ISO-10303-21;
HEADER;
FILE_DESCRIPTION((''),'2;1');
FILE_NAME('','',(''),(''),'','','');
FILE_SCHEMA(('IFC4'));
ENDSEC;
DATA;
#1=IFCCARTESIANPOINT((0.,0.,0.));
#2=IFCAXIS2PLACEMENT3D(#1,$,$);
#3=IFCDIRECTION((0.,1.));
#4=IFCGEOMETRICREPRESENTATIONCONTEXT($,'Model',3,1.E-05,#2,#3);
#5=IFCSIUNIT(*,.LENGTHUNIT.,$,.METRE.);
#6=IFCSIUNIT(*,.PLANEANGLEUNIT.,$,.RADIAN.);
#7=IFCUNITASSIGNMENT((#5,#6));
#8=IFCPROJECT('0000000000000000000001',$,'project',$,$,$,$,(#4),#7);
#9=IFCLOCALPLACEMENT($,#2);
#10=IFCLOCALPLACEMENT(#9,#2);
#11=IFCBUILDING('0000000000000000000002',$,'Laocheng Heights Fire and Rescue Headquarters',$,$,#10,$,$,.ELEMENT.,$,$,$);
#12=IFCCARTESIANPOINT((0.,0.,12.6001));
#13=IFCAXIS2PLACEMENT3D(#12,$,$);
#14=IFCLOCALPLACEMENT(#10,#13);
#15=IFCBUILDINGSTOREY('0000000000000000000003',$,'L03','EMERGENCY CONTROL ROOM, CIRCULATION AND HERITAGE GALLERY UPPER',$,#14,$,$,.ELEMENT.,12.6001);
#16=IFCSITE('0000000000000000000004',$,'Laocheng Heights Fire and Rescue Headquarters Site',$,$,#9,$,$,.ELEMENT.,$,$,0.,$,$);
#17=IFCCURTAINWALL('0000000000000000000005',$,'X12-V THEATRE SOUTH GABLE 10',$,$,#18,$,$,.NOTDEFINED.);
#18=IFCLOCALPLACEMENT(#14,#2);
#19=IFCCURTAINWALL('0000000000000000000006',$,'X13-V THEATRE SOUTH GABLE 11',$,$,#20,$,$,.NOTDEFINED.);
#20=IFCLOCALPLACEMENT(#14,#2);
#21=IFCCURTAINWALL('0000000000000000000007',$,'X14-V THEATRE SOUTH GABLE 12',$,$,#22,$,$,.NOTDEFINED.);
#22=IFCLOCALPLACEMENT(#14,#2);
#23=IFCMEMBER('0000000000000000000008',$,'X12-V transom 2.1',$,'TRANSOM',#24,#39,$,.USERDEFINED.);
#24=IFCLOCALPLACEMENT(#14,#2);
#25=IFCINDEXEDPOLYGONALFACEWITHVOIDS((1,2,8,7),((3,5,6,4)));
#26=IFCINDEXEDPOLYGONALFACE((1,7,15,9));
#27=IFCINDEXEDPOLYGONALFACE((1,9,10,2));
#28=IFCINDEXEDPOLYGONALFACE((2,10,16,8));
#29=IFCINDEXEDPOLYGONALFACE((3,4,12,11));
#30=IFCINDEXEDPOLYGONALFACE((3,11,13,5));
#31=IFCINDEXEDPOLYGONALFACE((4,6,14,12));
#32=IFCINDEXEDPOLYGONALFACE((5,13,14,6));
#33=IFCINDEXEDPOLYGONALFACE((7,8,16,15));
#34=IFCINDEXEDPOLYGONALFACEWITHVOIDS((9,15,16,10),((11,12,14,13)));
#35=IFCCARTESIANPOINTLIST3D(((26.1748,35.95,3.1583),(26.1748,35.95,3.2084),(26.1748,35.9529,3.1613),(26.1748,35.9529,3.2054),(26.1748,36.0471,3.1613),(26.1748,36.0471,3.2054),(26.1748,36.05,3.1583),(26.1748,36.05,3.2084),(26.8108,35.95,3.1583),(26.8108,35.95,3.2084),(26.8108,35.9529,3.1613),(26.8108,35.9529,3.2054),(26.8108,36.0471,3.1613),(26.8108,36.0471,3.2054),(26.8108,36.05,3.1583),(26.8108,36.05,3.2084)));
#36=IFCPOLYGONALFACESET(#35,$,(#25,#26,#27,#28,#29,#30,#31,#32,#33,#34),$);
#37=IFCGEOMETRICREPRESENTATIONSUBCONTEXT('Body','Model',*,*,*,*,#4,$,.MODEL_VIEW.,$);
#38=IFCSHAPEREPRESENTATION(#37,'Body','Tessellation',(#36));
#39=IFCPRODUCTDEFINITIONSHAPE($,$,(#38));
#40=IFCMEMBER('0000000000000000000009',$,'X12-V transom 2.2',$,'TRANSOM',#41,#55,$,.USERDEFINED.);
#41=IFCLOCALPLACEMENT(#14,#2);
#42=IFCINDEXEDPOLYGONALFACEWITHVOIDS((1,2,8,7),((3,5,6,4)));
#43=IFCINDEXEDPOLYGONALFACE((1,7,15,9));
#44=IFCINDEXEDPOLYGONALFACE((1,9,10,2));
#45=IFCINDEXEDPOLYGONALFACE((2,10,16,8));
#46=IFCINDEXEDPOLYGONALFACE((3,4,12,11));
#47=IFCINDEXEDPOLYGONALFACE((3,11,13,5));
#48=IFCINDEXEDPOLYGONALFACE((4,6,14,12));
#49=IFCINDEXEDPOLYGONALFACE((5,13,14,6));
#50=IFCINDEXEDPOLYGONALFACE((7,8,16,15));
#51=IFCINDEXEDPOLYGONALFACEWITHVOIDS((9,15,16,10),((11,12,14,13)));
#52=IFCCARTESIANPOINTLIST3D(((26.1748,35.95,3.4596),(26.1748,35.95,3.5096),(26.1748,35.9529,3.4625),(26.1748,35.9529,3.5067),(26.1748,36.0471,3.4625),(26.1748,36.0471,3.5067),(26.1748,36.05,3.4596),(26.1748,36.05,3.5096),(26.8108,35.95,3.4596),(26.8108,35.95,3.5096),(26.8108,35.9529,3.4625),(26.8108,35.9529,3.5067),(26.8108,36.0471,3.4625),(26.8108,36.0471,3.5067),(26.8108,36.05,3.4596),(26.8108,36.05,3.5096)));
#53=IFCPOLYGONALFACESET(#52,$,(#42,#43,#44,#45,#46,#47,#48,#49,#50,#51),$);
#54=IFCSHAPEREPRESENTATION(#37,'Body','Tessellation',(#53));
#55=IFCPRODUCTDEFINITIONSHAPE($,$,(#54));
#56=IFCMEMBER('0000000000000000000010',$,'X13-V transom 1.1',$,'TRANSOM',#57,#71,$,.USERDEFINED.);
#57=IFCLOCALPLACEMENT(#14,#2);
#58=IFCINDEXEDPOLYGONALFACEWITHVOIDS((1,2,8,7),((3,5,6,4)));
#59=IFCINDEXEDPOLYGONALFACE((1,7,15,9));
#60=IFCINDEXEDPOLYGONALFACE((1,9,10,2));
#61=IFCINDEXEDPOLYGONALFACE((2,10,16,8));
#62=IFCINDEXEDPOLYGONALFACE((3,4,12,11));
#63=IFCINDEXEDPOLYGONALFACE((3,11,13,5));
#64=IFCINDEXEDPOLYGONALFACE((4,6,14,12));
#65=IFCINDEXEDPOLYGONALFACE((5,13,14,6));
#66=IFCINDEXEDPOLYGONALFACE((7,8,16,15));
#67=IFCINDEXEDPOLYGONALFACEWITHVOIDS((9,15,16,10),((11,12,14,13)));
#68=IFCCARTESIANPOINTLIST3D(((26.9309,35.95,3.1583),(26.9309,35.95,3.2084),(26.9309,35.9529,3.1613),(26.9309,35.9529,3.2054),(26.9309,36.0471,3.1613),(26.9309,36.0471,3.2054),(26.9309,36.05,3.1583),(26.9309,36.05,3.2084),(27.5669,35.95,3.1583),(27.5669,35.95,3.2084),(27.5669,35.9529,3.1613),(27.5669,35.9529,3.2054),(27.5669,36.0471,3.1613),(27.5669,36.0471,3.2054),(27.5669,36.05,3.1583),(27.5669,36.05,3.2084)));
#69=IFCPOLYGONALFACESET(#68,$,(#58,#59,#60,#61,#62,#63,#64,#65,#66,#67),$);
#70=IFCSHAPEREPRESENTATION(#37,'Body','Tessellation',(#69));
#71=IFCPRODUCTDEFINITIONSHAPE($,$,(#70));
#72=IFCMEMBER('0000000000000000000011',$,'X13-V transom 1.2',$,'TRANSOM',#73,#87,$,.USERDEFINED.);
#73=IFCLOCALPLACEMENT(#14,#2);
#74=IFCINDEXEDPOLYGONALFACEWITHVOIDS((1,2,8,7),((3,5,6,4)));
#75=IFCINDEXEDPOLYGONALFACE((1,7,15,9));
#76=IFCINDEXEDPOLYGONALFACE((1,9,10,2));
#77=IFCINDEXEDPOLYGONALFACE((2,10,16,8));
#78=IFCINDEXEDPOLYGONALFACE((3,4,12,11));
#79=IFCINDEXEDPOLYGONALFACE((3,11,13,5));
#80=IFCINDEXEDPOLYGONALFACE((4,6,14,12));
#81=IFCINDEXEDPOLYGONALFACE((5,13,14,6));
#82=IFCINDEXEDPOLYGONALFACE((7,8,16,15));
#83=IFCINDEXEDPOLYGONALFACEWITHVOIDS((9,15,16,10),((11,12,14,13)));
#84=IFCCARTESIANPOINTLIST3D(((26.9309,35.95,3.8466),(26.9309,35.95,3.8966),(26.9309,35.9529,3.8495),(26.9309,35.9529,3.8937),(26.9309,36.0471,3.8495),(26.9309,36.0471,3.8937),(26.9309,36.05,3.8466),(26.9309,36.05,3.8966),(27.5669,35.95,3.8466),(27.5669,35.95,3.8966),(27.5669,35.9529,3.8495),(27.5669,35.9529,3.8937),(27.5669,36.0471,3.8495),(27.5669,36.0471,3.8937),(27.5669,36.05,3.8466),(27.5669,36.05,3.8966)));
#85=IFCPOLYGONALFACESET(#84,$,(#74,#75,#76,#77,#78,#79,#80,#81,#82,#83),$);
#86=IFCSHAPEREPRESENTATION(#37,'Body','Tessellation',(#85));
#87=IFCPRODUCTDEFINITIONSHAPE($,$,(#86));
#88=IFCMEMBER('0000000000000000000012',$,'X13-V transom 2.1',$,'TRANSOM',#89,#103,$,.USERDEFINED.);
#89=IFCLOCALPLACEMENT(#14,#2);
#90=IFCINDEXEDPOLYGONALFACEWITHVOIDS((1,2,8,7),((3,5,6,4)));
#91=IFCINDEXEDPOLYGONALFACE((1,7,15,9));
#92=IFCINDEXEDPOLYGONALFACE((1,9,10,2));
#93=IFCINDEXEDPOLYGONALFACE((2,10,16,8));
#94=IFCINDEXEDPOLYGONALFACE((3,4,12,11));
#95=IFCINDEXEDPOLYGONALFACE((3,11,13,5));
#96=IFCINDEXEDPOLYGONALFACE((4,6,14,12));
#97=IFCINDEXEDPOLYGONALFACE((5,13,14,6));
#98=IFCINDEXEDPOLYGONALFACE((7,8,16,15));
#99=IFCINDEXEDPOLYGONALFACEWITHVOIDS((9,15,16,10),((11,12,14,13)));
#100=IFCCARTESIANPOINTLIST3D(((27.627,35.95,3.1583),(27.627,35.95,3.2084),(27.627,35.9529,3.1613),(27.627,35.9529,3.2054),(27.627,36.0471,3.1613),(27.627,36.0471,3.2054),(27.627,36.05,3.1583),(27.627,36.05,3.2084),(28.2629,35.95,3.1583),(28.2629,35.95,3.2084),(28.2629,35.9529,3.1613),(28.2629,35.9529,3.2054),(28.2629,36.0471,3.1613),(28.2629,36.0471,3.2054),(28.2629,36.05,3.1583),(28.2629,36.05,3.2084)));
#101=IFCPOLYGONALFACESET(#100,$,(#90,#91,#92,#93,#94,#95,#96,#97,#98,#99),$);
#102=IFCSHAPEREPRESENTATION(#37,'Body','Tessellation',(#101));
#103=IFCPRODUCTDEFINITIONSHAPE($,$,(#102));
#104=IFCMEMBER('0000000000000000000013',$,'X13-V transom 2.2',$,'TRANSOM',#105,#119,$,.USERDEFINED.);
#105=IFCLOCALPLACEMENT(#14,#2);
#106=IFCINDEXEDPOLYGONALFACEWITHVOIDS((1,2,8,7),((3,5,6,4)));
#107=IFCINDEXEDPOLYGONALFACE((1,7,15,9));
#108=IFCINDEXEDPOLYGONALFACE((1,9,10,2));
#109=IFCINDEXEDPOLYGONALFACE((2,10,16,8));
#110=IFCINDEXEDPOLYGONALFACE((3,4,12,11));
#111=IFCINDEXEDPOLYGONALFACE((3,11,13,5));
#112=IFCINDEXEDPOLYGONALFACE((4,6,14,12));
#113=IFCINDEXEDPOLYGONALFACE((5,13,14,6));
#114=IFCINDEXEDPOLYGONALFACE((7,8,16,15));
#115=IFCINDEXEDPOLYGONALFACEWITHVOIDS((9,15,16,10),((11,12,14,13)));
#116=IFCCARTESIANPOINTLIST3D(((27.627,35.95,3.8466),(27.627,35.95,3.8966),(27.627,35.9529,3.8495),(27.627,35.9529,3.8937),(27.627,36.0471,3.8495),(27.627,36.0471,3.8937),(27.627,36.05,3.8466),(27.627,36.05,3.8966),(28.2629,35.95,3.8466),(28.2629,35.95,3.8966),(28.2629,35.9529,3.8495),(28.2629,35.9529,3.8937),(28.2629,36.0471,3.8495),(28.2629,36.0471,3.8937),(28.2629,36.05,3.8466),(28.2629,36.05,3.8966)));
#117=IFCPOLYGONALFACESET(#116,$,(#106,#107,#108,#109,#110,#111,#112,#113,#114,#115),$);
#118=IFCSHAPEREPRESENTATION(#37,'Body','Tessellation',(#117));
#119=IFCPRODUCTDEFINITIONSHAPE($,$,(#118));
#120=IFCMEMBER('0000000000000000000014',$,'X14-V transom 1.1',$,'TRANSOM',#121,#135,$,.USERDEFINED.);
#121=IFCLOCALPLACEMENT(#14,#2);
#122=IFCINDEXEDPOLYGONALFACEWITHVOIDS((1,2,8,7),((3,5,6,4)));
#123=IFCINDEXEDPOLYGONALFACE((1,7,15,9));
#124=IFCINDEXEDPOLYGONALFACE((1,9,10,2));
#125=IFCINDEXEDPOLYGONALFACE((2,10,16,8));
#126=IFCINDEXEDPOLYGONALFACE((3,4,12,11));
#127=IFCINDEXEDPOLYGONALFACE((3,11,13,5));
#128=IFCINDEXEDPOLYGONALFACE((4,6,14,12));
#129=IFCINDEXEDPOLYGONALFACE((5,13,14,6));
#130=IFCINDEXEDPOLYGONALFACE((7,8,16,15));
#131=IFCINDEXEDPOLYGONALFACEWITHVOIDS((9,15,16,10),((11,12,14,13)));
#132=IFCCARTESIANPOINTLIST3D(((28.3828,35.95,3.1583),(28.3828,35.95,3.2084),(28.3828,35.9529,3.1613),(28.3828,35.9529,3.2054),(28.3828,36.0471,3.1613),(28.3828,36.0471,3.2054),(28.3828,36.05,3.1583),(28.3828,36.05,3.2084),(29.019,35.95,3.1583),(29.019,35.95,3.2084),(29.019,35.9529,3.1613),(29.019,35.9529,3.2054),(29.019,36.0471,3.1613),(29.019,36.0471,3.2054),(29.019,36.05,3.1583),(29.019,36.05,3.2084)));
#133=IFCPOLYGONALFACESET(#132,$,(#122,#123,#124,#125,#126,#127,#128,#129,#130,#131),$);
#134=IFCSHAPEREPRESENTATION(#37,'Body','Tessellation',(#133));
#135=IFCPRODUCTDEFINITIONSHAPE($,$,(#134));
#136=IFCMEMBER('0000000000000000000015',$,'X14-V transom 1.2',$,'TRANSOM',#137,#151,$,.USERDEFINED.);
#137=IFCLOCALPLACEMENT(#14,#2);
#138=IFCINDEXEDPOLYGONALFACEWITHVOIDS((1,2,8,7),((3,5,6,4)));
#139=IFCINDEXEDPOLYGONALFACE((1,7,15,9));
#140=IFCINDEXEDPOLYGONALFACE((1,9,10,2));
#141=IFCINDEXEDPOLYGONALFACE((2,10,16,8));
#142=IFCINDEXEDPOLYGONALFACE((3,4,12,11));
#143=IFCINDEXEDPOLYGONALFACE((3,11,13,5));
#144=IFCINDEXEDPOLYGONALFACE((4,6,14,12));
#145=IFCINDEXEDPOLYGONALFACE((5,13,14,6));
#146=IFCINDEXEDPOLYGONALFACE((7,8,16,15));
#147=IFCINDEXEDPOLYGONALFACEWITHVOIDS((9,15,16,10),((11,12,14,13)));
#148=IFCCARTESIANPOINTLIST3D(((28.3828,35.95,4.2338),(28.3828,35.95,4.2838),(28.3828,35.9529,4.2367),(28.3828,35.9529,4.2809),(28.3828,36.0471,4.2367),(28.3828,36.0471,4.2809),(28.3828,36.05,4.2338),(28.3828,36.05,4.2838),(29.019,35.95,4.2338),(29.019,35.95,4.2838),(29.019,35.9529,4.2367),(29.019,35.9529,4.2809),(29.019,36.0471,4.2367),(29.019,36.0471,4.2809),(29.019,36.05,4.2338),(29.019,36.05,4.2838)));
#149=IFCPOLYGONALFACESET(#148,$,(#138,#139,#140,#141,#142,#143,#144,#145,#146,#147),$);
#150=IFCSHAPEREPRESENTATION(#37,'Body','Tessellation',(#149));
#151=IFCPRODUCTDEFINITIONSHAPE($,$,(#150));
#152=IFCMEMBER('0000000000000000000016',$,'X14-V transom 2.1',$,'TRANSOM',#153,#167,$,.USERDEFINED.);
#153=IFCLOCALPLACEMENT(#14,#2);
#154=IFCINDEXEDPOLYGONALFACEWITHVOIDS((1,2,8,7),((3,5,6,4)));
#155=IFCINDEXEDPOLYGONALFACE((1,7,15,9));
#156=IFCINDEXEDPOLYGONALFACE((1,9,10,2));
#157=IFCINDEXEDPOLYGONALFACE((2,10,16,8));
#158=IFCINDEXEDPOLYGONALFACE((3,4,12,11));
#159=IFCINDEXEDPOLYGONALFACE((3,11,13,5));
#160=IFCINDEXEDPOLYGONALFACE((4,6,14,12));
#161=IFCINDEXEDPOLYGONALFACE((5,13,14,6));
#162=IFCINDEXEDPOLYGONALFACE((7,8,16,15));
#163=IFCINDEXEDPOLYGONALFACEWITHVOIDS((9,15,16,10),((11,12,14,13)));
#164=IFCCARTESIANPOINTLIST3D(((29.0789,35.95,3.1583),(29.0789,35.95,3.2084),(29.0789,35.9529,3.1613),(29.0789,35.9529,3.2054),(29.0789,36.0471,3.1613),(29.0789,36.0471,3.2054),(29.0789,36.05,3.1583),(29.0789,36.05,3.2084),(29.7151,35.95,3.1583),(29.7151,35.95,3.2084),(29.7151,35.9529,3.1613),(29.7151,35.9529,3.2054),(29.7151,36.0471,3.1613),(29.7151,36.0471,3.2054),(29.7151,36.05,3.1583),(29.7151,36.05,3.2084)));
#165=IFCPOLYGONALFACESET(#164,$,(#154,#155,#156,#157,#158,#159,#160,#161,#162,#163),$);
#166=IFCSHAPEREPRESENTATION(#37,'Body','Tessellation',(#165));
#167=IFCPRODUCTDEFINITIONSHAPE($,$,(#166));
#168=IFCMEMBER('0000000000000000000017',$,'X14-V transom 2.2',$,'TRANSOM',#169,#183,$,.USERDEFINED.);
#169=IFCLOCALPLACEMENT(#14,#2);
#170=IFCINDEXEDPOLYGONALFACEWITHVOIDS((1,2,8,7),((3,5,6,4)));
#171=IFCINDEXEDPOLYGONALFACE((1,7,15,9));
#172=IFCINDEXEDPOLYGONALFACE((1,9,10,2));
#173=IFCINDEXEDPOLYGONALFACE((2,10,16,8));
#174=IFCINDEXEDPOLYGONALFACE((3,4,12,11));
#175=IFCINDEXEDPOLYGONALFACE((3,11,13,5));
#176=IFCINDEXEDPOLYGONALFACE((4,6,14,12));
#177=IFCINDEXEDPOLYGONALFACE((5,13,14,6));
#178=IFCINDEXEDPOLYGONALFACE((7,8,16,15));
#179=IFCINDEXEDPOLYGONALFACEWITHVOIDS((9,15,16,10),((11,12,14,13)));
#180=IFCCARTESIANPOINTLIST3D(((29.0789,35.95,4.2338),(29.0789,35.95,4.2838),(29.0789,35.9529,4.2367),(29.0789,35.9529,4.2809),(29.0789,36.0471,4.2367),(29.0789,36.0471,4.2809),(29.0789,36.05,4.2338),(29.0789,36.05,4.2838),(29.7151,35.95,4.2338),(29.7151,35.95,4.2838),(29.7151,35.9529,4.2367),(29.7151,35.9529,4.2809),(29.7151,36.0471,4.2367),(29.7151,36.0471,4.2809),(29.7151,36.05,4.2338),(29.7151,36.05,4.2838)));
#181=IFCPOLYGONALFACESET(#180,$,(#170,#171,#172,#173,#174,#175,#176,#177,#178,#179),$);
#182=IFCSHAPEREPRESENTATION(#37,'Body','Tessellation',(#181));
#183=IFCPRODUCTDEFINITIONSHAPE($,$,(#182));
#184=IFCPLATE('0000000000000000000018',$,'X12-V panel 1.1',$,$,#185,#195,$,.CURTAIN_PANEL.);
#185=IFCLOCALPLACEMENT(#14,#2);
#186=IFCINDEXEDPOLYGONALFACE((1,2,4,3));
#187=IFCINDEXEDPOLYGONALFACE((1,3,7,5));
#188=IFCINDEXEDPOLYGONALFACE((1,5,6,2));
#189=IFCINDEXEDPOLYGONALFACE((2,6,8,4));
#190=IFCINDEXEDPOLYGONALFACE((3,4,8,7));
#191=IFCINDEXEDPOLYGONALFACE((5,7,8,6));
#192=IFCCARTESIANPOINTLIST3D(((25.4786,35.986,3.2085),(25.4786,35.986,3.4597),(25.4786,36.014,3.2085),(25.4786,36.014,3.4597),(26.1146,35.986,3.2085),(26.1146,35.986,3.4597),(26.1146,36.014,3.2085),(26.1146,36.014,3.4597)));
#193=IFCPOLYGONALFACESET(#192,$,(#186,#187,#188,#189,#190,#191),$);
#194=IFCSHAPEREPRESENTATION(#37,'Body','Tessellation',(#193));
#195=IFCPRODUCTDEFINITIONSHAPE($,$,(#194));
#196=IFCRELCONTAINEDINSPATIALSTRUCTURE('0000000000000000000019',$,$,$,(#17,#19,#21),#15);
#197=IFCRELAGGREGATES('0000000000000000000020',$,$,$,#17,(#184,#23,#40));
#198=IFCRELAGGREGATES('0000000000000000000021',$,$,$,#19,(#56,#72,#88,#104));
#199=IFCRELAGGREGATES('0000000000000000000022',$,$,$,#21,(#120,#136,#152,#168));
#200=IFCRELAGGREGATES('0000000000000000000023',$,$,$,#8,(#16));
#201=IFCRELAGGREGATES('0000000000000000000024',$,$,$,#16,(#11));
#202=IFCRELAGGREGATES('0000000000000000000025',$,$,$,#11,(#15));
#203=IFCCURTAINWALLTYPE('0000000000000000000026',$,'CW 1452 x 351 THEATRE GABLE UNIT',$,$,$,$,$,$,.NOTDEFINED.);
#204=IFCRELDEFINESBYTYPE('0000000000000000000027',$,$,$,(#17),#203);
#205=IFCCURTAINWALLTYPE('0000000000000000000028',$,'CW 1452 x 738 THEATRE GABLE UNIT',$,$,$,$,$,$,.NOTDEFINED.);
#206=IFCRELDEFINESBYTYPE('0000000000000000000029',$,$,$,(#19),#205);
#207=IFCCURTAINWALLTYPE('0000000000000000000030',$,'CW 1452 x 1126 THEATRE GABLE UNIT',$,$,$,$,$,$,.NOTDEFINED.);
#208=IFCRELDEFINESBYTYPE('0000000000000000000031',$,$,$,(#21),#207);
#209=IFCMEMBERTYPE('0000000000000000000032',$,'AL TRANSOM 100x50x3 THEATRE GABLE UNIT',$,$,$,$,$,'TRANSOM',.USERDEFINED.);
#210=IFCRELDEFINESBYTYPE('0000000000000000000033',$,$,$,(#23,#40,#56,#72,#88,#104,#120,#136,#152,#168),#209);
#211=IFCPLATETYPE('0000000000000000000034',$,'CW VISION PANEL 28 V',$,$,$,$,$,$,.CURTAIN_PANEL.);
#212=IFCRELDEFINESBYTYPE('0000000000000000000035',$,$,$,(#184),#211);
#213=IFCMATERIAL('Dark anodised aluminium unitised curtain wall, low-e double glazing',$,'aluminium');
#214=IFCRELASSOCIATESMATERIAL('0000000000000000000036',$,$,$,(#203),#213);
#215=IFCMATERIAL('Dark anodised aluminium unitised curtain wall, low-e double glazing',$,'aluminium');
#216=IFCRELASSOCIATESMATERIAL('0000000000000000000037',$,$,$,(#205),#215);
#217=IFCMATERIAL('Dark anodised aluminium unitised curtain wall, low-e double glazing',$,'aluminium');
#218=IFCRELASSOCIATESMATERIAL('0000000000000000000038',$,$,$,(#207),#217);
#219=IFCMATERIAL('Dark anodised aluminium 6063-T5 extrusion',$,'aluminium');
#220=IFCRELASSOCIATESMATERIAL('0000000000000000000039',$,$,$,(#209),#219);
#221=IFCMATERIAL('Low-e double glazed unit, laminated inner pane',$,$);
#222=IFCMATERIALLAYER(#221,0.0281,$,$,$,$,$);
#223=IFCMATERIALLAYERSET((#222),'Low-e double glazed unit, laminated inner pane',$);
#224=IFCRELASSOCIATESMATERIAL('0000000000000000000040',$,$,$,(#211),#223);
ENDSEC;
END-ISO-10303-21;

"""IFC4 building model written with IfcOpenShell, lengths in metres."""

from ifc_helpers import new_model, si_unit, direction, frame, origin, origin_2d, place, context, subcontext, project, spatial, rectangle, hollow_rectangle, extrude, material, layer, layer_set, material_profile, profile_set, type_object, element, aggregate, save


model = new_model("IFC4")

# Units and contexts
model_context = context("Model", 3, precision=1e-05, world=origin(), true_north=direction((0.0, 1.0)))
body_context = subcontext(model_context, "Body", "Model", "MODEL_VIEW")
ifc_project = project(units=[si_unit("LENGTHUNIT", "METRE"), si_unit("PLANEANGLEUNIT", "RADIAN")], contexts=[model_context])

# Site, building, storey
site_placement = place(None, origin())
site = spatial("IfcSite", under=ifc_project, at=site_placement, Name="Laocheng Heights Fire and Rescue Headquarters Site", CompositionType="ELEMENT", RefElevation=0.0)
building_placement = place(site_placement, origin())
building = spatial("IfcBuilding", under=site, at=building_placement, Name="Laocheng Heights Fire and Rescue Headquarters", CompositionType="ELEMENT")
storey_placement = place(building_placement, frame((0.0, 0.0, 12.6001)))
storey = spatial("IfcBuildingStorey", under=building, at=storey_placement, Name="L03", Description="EMERGENCY CONTROL ROOM, CIRCULATION AND HERITAGE GALLERY UPPER", CompositionType="ELEMENT", Elevation=12.6001)

# Curtain walls
ifc_material_1 = material(Name="Dark anodised aluminium unitised curtain wall, low-e double glazing", Category="aluminium")
curtain_wall_type_1 = type_object("IfcCurtainWallType", Name="CW 1452 x 351 THEATRE GABLE UNIT", PredefinedType="NOTDEFINED", material=ifc_material_1)
curtain_wall_1_placement = place(storey_placement, origin())
curtain_wall_1 = element("IfcCurtainWall", 1, at=curtain_wall_1_placement, inside=storey, type_object=curtain_wall_type_1, Name="X12-V THEATRE SOUTH GABLE 10", PredefinedType="NOTDEFINED")
ifc_material_2 = material(Name="Dark anodised aluminium unitised curtain wall, low-e double glazing", Category="aluminium")
curtain_wall_type_2 = type_object("IfcCurtainWallType", Name="CW 1452 x 738 THEATRE GABLE UNIT", PredefinedType="NOTDEFINED", material=ifc_material_2)
curtain_wall_2_placement = place(storey_placement, origin())
curtain_wall_2 = element("IfcCurtainWall", 2, at=curtain_wall_2_placement, inside=storey, type_object=curtain_wall_type_2, Name="X13-V THEATRE SOUTH GABLE 11", PredefinedType="NOTDEFINED")
ifc_material_3 = material(Name="Dark anodised aluminium unitised curtain wall, low-e double glazing", Category="aluminium")
curtain_wall_type_3 = type_object("IfcCurtainWallType", Name="CW 1452 x 1126 THEATRE GABLE UNIT", PredefinedType="NOTDEFINED", material=ifc_material_3)
curtain_wall_3_placement = place(storey_placement, origin())
curtain_wall_3 = element("IfcCurtainWall", 3, at=curtain_wall_3_placement, inside=storey, type_object=curtain_wall_type_3, Name="X14-V THEATRE SOUTH GABLE 12", PredefinedType="NOTDEFINED")

# Members
ifc_material_4 = material(Name="Dark anodised aluminium 6063-T5 extrusion", Category="aluminium")
ifc_material_profile_1 = material_profile(ifc_material_4, hollow_rectangle(XDim=0.1001, YDim=0.05, WallThickness=0.0029, at=origin_2d()), Name="AL TRANSOM 100x50x3 THEATRE GABLE UNIT")
ifc_profile_set_1 = profile_set([ifc_material_profile_1], Name="Dark anodised aluminium 6063-T5 extrusion")
member_type_1 = type_object("IfcMemberType", Name="AL TRANSOM 100x50x3 THEATRE GABLE UNIT", ElementType="TRANSOM", PredefinedType="USERDEFINED", material=ifc_profile_set_1)
member_1_placement = place(storey_placement, frame((26.1748, 36.0, 3.1833), z_axis=(1.0, 0.0, 0.0), x_axis=(0.0, 1.0, 0.0)))
member_1 = element("IfcMember", 4, at=member_1_placement, type_object=member_type_1, Name="X12-V transom 2.1", ObjectType="TRANSOM", PredefinedType="USERDEFINED", context=body_context, shape_type="SweptSolid", body=[
    extrude(hollow_rectangle(XDim=0.1001, YDim=0.05, WallThickness=0.0029, at=origin_2d()), origin(), (0.0, 0.0, 1.0), 0.636),
])
member_2_placement = place(storey_placement, frame((26.1748, 36.0, 3.4846), z_axis=(1.0, 0.0, 0.0), x_axis=(0.0, 1.0, 0.0)))
member_2 = element("IfcMember", 5, at=member_2_placement, type_object=member_type_1, Name="X12-V transom 2.2", ObjectType="TRANSOM", PredefinedType="USERDEFINED", context=body_context, shape_type="SweptSolid", body=[
    extrude(hollow_rectangle(XDim=0.1001, YDim=0.05, WallThickness=0.0029, at=origin_2d()), origin(), (0.0, 0.0, 1.0), 0.636),
])
member_3_placement = place(storey_placement, frame((26.9309, 36.0, 3.1833), z_axis=(1.0, 0.0, 0.0), x_axis=(0.0, 1.0, 0.0)))
member_3 = element("IfcMember", 6, at=member_3_placement, type_object=member_type_1, Name="X13-V transom 1.1", ObjectType="TRANSOM", PredefinedType="USERDEFINED", context=body_context, shape_type="SweptSolid", body=[
    extrude(hollow_rectangle(XDim=0.1001, YDim=0.05, WallThickness=0.0029, at=origin_2d()), origin(), (0.0, 0.0, 1.0), 0.636),
])
member_4_placement = place(storey_placement, frame((26.9309, 36.0, 3.8716), z_axis=(1.0, 0.0, 0.0), x_axis=(0.0, 1.0, 0.0)))
member_4 = element("IfcMember", 7, at=member_4_placement, type_object=member_type_1, Name="X13-V transom 1.2", ObjectType="TRANSOM", PredefinedType="USERDEFINED", context=body_context, shape_type="SweptSolid", body=[
    extrude(hollow_rectangle(XDim=0.1001, YDim=0.05, WallThickness=0.0029, at=origin_2d()), origin(), (0.0, 0.0, 1.0), 0.636),
])
member_5_placement = place(storey_placement, frame((27.627, 36.0, 3.1833), z_axis=(1.0, 0.0, 0.0), x_axis=(0.0, 1.0, 0.0)))
member_5 = element("IfcMember", 8, at=member_5_placement, type_object=member_type_1, Name="X13-V transom 2.1", ObjectType="TRANSOM", PredefinedType="USERDEFINED", context=body_context, shape_type="SweptSolid", body=[
    extrude(hollow_rectangle(XDim=0.1001, YDim=0.05, WallThickness=0.0029, at=origin_2d()), origin(), (0.0, 0.0, 1.0), 0.636),
])
member_6_placement = place(storey_placement, frame((27.627, 36.0, 3.8716), z_axis=(1.0, 0.0, 0.0), x_axis=(0.0, 1.0, 0.0)))
member_6 = element("IfcMember", 9, at=member_6_placement, type_object=member_type_1, Name="X13-V transom 2.2", ObjectType="TRANSOM", PredefinedType="USERDEFINED", context=body_context, shape_type="SweptSolid", body=[
    extrude(hollow_rectangle(XDim=0.1001, YDim=0.05, WallThickness=0.0029, at=origin_2d()), origin(), (0.0, 0.0, 1.0), 0.636),
])
member_7_placement = place(storey_placement, frame((28.3828, 36.0, 3.1833), z_axis=(1.0, 0.0, 0.0), x_axis=(0.0, 1.0, 0.0)))
member_7 = element("IfcMember", 10, at=member_7_placement, type_object=member_type_1, Name="X14-V transom 1.1", ObjectType="TRANSOM", PredefinedType="USERDEFINED", context=body_context, shape_type="SweptSolid", body=[
    extrude(hollow_rectangle(XDim=0.1001, YDim=0.05, WallThickness=0.0029, at=origin_2d()), origin(), (0.0, 0.0, 1.0), 0.6362),
])
member_8_placement = place(storey_placement, frame((28.3828, 36.0, 4.2588), z_axis=(1.0, 0.0, 0.0), x_axis=(0.0, 1.0, 0.0)))
member_8 = element("IfcMember", 11, at=member_8_placement, type_object=member_type_1, Name="X14-V transom 1.2", ObjectType="TRANSOM", PredefinedType="USERDEFINED", context=body_context, shape_type="SweptSolid", body=[
    extrude(hollow_rectangle(XDim=0.1001, YDim=0.05, WallThickness=0.0029, at=origin_2d()), origin(), (0.0, 0.0, 1.0), 0.6362),
])
member_9_placement = place(storey_placement, frame((29.0789, 36.0, 3.1833), z_axis=(1.0, 0.0, 0.0), x_axis=(0.0, 1.0, 0.0)))
member_9 = element("IfcMember", 12, at=member_9_placement, type_object=member_type_1, Name="X14-V transom 2.1", ObjectType="TRANSOM", PredefinedType="USERDEFINED", context=body_context, shape_type="SweptSolid", body=[
    extrude(hollow_rectangle(XDim=0.1001, YDim=0.05, WallThickness=0.0029, at=origin_2d()), origin(), (0.0, 0.0, 1.0), 0.6362),
])
member_10_placement = place(storey_placement, frame((29.0789, 36.0, 4.2588), z_axis=(1.0, 0.0, 0.0), x_axis=(0.0, 1.0, 0.0)))
member_10 = element("IfcMember", 13, at=member_10_placement, type_object=member_type_1, Name="X14-V transom 2.2", ObjectType="TRANSOM", PredefinedType="USERDEFINED", context=body_context, shape_type="SweptSolid", body=[
    extrude(hollow_rectangle(XDim=0.1001, YDim=0.05, WallThickness=0.0029, at=origin_2d()), origin(), (0.0, 0.0, 1.0), 0.6362),
])

# Plate
ifc_material_5 = material(Name="Low-e double glazed unit, laminated inner pane")
ifc_layer_1 = layer(ifc_material_5, 0.0281)
ifc_layer_set_1 = layer_set([ifc_layer_1], Name="Low-e double glazed unit, laminated inner pane")
plate_type = type_object("IfcPlateType", Name="CW VISION PANEL 28 V", PredefinedType="CURTAIN_PANEL", material=ifc_layer_set_1)
plate_1_placement = place(storey_placement, frame((25.7966, 36.0, 3.2085), z_axis=(0.0, 0.0, 1.0), x_axis=(1.0, 0.0, 0.0)))
plate_1 = element("IfcPlate", 14, at=plate_1_placement, type_object=plate_type, Name="X12-V panel 1.1", PredefinedType="CURTAIN_PANEL", context=body_context, shape_type="SweptSolid", body=[
    extrude(rectangle(XDim=0.636, YDim=0.0281, at=origin_2d()), origin(), (0.0, 0.0, 1.0), 0.2512),
])
aggregate(curtain_wall_1, [plate_1, member_1, member_2])
aggregate(curtain_wall_2, [member_3, member_4, member_5, member_6])
aggregate(curtain_wall_3, [member_7, member_8, member_9, member_10])

save(model, "model.ifc")
